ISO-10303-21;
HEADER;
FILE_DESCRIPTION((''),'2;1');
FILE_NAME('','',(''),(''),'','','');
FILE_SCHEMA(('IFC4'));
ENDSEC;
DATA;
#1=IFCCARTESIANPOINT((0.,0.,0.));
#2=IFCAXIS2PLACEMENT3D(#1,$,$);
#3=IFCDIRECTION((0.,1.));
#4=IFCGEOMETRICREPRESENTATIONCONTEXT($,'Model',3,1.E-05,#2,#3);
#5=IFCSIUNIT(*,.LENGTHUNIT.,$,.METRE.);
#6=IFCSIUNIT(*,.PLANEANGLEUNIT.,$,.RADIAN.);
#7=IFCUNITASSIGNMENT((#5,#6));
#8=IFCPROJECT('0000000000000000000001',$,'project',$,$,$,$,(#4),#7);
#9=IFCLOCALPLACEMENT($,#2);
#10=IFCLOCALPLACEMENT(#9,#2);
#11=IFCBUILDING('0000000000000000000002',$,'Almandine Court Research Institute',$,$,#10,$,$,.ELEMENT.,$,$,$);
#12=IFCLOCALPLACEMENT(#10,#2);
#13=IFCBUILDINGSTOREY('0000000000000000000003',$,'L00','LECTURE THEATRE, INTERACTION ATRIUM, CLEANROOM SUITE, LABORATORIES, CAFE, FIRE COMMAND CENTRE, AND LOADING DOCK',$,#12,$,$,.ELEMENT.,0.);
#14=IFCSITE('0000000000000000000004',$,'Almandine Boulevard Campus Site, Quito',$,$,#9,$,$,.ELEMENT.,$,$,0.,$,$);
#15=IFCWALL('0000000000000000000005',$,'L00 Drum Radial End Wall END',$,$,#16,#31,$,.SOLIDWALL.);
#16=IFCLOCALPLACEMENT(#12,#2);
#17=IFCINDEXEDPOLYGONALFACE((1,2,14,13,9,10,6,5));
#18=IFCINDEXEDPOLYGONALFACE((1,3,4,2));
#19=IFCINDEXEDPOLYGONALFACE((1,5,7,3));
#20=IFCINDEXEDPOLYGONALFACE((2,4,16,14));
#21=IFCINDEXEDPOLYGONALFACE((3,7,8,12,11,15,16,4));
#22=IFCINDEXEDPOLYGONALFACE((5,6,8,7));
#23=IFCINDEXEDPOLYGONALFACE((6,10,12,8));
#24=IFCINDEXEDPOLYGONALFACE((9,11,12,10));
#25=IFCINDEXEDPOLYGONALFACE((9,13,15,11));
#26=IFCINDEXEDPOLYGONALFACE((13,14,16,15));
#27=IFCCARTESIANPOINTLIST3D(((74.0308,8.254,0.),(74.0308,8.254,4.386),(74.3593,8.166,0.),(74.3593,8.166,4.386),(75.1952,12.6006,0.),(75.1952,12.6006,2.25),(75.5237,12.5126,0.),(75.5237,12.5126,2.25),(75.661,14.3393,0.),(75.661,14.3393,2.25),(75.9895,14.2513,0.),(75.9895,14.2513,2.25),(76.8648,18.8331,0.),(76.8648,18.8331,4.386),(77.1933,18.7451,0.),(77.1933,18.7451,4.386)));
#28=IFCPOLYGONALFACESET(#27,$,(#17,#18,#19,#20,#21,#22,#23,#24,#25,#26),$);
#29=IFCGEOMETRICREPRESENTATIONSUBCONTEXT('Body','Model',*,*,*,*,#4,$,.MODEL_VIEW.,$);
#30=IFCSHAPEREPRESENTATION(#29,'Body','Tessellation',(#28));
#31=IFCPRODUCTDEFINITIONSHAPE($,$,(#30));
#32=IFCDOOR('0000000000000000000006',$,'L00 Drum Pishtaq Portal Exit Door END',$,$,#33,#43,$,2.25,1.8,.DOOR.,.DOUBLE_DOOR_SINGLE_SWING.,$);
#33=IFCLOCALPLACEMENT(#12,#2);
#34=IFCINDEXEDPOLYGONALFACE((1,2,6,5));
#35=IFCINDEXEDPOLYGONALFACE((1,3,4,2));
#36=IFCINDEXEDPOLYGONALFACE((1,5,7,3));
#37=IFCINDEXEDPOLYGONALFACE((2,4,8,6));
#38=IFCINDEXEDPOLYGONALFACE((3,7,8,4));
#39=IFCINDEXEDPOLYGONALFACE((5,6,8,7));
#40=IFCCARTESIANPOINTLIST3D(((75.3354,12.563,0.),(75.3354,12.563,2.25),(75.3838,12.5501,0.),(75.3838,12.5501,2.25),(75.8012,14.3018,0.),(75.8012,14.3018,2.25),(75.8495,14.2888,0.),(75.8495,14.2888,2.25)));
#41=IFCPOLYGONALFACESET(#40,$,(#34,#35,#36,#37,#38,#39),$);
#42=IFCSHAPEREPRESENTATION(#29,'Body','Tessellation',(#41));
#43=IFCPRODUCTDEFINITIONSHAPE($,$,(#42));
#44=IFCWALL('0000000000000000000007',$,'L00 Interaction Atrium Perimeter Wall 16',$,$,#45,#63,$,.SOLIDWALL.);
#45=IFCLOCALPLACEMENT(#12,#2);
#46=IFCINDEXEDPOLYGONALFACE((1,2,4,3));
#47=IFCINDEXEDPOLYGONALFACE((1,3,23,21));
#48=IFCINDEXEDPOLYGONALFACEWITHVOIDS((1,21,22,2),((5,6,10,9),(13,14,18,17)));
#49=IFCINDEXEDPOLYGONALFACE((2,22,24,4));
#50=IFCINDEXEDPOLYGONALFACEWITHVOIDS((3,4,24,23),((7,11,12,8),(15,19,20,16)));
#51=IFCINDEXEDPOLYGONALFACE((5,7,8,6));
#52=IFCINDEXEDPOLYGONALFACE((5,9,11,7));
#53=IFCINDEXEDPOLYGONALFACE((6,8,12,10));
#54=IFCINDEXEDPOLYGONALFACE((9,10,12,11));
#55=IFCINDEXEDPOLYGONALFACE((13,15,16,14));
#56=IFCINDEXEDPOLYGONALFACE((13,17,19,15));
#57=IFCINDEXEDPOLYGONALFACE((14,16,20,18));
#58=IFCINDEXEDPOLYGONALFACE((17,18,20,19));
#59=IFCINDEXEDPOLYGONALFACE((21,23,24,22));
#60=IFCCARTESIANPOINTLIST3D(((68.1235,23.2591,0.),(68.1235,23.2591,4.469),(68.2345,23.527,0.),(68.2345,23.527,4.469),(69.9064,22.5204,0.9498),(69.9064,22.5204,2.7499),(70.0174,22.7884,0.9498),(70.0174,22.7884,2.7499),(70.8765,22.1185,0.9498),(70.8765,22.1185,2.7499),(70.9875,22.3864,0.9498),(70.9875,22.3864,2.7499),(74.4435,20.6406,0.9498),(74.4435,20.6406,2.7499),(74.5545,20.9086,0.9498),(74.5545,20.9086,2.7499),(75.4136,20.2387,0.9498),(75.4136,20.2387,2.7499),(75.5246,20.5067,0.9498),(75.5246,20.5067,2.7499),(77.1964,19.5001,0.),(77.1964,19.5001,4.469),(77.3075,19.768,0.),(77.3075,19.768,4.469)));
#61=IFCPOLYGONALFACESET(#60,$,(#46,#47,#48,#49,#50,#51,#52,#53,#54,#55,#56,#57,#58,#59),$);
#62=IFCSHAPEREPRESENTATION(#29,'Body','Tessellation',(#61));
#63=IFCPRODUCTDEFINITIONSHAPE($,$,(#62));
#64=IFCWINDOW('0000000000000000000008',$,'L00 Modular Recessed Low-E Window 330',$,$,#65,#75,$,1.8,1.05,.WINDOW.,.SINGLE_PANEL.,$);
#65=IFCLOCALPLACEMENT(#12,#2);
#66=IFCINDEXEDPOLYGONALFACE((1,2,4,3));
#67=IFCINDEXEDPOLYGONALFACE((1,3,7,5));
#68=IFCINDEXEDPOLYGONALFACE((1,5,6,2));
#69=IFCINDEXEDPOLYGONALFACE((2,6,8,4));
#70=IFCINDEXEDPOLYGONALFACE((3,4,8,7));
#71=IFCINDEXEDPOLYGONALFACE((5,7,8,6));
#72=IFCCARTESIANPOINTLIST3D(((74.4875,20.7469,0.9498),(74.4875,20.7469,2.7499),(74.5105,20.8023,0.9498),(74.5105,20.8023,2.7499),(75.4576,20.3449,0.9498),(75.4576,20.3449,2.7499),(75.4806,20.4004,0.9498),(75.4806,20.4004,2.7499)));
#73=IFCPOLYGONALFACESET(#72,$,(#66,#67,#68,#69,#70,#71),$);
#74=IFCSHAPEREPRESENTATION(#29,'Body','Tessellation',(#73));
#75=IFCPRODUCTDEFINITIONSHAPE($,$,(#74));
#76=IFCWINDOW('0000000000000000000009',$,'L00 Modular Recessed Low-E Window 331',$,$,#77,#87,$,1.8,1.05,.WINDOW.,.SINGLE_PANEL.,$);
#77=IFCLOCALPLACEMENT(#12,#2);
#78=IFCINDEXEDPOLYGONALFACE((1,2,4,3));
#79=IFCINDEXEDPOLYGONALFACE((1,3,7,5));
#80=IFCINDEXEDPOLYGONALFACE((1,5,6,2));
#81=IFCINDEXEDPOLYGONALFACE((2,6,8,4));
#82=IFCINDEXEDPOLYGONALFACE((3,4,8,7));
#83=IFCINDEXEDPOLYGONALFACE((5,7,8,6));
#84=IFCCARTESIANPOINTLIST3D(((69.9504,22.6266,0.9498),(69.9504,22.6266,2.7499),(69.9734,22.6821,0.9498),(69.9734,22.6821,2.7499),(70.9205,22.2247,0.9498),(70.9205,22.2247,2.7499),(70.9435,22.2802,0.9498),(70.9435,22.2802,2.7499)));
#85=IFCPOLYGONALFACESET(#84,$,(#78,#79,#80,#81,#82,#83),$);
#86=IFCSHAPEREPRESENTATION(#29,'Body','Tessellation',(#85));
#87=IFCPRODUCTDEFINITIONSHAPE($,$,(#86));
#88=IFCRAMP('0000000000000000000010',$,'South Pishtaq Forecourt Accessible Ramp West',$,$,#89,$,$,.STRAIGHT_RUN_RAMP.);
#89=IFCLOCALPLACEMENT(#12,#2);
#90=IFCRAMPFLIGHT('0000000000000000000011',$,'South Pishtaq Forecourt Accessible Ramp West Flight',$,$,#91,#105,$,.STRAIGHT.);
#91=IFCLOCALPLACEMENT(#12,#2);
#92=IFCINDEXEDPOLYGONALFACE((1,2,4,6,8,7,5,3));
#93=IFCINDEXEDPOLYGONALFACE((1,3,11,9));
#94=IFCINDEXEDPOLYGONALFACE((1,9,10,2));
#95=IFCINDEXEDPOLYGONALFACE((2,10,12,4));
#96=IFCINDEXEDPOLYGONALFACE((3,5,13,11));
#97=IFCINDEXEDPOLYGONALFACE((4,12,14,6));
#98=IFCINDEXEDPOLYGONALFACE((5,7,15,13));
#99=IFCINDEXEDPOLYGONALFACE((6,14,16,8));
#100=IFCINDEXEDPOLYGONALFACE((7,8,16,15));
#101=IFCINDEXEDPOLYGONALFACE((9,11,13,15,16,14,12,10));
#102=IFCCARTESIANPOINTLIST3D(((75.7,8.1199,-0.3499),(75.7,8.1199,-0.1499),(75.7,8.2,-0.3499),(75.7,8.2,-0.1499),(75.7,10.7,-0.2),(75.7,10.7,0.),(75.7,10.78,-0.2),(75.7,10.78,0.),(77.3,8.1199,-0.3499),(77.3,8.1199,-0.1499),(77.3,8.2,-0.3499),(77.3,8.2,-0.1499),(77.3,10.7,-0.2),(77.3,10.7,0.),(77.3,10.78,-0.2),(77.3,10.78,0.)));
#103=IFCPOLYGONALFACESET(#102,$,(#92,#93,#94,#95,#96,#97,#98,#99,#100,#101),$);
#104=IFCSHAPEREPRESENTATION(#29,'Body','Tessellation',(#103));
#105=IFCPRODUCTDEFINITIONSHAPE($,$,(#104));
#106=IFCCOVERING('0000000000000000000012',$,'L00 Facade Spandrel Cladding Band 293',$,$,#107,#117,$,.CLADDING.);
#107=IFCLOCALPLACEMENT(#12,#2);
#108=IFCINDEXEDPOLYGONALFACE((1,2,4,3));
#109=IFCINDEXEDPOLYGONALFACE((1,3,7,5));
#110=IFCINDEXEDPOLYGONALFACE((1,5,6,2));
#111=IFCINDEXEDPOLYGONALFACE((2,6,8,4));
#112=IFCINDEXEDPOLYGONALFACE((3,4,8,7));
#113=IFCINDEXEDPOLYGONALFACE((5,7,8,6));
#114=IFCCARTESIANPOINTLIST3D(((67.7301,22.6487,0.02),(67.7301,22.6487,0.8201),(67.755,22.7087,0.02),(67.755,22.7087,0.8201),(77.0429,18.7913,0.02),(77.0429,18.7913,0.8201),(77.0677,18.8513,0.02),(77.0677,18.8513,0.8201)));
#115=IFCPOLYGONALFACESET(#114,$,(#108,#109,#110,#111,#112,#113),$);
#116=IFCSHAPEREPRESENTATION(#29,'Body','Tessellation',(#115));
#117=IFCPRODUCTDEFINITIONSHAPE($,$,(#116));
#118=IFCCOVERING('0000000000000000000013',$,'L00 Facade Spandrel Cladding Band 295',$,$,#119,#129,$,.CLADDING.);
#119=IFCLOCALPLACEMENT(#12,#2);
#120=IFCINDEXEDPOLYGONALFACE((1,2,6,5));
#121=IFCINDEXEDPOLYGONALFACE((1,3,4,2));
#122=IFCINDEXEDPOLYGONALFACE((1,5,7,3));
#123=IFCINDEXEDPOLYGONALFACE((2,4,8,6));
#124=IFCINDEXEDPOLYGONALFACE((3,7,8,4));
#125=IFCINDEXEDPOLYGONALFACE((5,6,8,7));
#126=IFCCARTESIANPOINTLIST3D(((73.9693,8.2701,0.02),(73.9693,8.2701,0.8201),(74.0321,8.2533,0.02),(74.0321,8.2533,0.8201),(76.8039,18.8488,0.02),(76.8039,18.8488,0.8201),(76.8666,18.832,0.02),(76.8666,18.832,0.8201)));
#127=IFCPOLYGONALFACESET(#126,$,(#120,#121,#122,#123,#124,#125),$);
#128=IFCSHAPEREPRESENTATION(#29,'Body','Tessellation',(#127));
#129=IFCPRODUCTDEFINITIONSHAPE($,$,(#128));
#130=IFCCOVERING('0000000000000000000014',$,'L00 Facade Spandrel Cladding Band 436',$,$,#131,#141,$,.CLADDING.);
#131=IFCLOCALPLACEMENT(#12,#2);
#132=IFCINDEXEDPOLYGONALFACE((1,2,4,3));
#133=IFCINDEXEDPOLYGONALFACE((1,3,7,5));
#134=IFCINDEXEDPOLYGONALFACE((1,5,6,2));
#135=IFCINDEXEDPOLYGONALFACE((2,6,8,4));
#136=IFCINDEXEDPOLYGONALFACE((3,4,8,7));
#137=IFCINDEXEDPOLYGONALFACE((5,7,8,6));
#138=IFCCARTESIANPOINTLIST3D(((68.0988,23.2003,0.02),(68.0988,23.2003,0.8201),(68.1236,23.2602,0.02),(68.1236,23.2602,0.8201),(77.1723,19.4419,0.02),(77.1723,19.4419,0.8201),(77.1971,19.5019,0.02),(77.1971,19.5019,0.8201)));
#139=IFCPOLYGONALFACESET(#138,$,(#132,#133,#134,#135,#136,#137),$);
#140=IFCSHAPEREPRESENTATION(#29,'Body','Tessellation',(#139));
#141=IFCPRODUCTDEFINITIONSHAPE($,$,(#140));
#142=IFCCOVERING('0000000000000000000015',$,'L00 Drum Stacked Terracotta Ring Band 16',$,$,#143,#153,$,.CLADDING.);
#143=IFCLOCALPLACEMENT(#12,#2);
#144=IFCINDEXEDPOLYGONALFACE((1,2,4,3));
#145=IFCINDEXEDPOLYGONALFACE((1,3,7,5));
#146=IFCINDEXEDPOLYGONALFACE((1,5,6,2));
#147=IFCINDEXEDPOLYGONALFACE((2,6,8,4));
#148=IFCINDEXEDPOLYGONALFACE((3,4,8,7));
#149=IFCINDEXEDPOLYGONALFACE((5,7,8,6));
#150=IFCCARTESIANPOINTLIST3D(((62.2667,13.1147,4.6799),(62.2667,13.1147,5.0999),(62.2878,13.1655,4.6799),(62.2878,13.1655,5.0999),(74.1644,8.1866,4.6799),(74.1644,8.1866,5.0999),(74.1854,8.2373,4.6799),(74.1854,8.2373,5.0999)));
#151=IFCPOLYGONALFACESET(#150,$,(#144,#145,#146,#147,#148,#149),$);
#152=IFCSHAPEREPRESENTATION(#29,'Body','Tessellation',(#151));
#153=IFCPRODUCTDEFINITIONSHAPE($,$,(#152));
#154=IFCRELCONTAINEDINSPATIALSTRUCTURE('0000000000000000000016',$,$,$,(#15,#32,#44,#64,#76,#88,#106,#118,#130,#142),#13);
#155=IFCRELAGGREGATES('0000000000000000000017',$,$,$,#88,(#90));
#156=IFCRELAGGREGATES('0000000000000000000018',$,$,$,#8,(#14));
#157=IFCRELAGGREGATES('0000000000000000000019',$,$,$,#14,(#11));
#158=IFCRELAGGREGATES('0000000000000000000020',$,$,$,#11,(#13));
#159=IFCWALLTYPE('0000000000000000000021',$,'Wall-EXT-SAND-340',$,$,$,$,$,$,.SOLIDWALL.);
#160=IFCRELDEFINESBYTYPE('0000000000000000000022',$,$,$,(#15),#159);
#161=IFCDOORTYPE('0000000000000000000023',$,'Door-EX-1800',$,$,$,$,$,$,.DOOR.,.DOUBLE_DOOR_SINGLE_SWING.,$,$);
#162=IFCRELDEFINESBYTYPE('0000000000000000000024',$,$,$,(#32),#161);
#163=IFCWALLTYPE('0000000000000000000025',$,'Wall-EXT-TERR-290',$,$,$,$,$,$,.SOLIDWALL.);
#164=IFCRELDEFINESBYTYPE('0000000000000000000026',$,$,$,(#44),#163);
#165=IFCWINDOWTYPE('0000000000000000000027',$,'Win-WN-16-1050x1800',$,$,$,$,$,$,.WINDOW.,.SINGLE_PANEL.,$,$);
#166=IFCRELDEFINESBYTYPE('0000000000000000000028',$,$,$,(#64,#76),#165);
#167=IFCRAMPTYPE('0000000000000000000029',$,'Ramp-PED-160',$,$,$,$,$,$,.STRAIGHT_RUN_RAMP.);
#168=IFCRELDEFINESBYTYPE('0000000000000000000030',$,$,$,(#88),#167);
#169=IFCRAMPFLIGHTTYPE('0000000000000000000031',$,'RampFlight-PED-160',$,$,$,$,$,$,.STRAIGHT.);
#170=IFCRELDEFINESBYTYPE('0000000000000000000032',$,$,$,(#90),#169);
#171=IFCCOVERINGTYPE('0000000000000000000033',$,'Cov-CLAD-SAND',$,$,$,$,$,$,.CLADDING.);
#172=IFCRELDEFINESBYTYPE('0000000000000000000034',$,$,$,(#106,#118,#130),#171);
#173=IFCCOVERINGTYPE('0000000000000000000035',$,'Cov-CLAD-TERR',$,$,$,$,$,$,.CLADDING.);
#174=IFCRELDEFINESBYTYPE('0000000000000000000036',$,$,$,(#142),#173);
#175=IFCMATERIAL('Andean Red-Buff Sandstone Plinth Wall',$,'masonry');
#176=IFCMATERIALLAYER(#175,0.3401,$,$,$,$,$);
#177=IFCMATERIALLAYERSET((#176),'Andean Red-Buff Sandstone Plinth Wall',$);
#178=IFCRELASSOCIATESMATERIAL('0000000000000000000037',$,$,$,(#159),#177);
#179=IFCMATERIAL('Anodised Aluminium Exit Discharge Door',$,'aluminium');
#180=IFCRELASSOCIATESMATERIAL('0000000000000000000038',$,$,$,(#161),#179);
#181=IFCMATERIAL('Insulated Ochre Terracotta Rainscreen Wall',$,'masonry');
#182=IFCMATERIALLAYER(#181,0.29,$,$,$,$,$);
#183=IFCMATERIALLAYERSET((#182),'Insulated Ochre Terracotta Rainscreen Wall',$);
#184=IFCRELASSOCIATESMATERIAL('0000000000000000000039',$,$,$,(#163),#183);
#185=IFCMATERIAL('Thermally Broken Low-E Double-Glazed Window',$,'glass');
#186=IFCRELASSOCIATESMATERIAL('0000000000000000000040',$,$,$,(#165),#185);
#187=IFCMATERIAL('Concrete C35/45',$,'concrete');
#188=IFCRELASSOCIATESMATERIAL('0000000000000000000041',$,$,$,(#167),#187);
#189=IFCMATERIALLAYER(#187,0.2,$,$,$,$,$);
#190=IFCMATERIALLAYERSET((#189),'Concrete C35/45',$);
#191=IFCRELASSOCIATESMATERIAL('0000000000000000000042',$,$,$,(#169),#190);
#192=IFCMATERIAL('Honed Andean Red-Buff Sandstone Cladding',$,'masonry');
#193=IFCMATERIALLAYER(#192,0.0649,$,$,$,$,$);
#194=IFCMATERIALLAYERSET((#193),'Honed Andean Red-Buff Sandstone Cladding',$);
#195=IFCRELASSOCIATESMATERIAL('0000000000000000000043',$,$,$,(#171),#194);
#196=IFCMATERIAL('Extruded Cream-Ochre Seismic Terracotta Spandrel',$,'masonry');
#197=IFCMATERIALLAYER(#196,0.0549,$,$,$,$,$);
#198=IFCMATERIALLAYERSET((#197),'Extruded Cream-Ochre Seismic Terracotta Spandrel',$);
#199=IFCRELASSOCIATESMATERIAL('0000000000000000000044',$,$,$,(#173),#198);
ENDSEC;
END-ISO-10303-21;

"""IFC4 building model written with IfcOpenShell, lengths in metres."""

from ifc_helpers import new_model, si_unit, direction, frame, frame_2d, origin, origin_2d, place, context, subcontext, project, spatial, polyline, rectangle, outline, extrude, material, layer, layer_set, type_object, element, fill, aggregate, save


model = new_model("IFC4")

# Units and contexts
model_context = context("Model", 3, precision=1e-05, world=origin(), true_north=direction((0.0, 1.0)))
body_context = subcontext(model_context, "Body", "Model", "MODEL_VIEW")
ifc_project = project(units=[si_unit("LENGTHUNIT", "METRE"), si_unit("PLANEANGLEUNIT", "RADIAN")], contexts=[model_context])

# Site, building, storey
site_placement = place(None, origin())
site = spatial("IfcSite", under=ifc_project, at=site_placement, Name="Almandine Boulevard Campus Site, Quito", CompositionType="ELEMENT", RefElevation=0.0)
building_placement = place(site_placement, origin())
building = spatial("IfcBuilding", under=site, at=building_placement, Name="Almandine Court Research Institute", CompositionType="ELEMENT")
storey_placement = place(building_placement, origin())
storey = spatial("IfcBuildingStorey", under=building, at=storey_placement, Name="L00", Description="LECTURE THEATRE, INTERACTION ATRIUM, CLEANROOM SUITE, LABORATORIES, CAFE, FIRE COMMAND CENTRE, AND LOADING DOCK", CompositionType="ELEMENT", Elevation=0.0)

# Wall, opening, door
ifc_material_1 = material(Name="Andean Red-Buff Sandstone Plinth Wall", Category="masonry")
ifc_layer_1 = layer(ifc_material_1, 0.3401)
ifc_layer_set_1 = layer_set([ifc_layer_1], Name="Andean Red-Buff Sandstone Plinth Wall")
wall_type_1 = type_object("IfcWallType", Name="Wall-EXT-SAND-340", PredefinedType="SOLIDWALL", material=ifc_layer_set_1)
wall_1_placement = place(storey_placement, frame((74.1951, 8.21, 0.0), z_axis=(0.0, 0.0, 1.0), x_axis=(0.258761, 0.965941, 0.0)))
wall_1 = element("IfcWall", 1, at=wall_1_placement, inside=storey, type_object=wall_type_1, Name="L00 Drum Radial End Wall END", PredefinedType="SOLIDWALL", context=body_context, shape_type="SweptSolid", body=[
    extrude(rectangle(XDim=10.9521, YDim=0.3401, at=frame_2d((5.4761, 0.0))), origin(), (0.0, 0.0, 1.0), 4.386),
])
opening_1_placement = place(wall_1_placement, frame((4.5, 0.0, 0.0)))
opening_1 = element("IfcOpeningElement", 2, at=opening_1_placement, cuts=wall_1, PredefinedType="OPENING", context=body_context, shape_type="SweptSolid", body=[
    extrude(rectangle(XDim=1.8, YDim=2.25, at=frame_2d((0.8999, 1.125))), frame((0.0, 0.1799, 0.0), z_axis=(0.0, -1.0, 0.0), x_axis=(1.0, 0.0, 0.0)), (0.0, 0.0, 1.0), 0.3601),
])
ifc_material_2 = material(Name="Anodised Aluminium Exit Discharge Door", Category="aluminium")
door_type = type_object("IfcDoorType", Name="Door-EX-1800", OperationType="DOUBLE_DOOR_SINGLE_SWING", PredefinedType="DOOR", material=ifc_material_2)
door_placement = place(opening_1_placement, origin())
door = element("IfcDoor", 3, at=door_placement, inside=storey, type_object=door_type, Name="L00 Drum Pishtaq Portal Exit Door END", OperationType="DOUBLE_DOOR_SINGLE_SWING", OverallHeight=2.25, OverallWidth=1.8, PredefinedType="DOOR", context=body_context, shape_type="SweptSolid", body=[
    extrude(rectangle(XDim=1.8, YDim=2.25, at=frame_2d((0.8999, 1.125))), frame((0.0, 0.0249, 0.0), z_axis=(0.0, -1.0, 0.0), x_axis=(1.0, 0.0, 0.0)), (0.0, 0.0, 1.0), 0.05),
])
fill(opening_1, door)

# Wall, openings, windows
ifc_material_3 = material(Name="Insulated Ochre Terracotta Rainscreen Wall", Category="masonry")
ifc_layer_2 = layer(ifc_material_3, 0.29)
ifc_layer_set_2 = layer_set([ifc_layer_2], Name="Insulated Ochre Terracotta Rainscreen Wall")
wall_type_2 = type_object("IfcWallType", Name="Wall-EXT-TERR-290", PredefinedType="SOLIDWALL", material=ifc_layer_set_2)
wall_2_placement = place(storey_placement, frame((77.252, 19.634, 0.0), z_axis=(0.0, 0.0, 1.0), x_axis=(-0.923848, 0.382759, 0.0)))
wall_2 = element("IfcWall", 4, at=wall_2_placement, inside=storey, type_object=wall_type_2, Name="L00 Interaction Atrium Perimeter Wall 16", PredefinedType="SOLIDWALL", context=body_context, shape_type="SweptSolid", body=[
    extrude(rectangle(XDim=9.8208, YDim=0.29, at=frame_2d((4.9104, 0.0))), origin(), (0.0, 0.0, 1.0), 4.469),
])
opening_2_placement = place(wall_2_placement, frame((1.9299, 0.0, 0.95)))
opening_2 = element("IfcOpeningElement", 5, at=opening_2_placement, cuts=wall_2, PredefinedType="OPENING", context=body_context, shape_type="SweptSolid", body=[
    extrude(rectangle(XDim=1.05, YDim=1.8, at=frame_2d((0.5249, 0.8999))), frame((0.0, 0.155, 0.0), z_axis=(0.0, -1.0, 0.0), x_axis=(1.0, 0.0, 0.0)), (0.0, 0.0, 1.0), 0.3101),
])
opening_3_placement = place(wall_2_placement, frame((6.8411, 0.0, 0.95)))
opening_3 = element("IfcOpeningElement", 6, at=opening_3_placement, cuts=wall_2, PredefinedType="OPENING", context=body_context, shape_type="SweptSolid", body=[
    extrude(rectangle(XDim=1.05, YDim=1.8, at=frame_2d((0.5249, 0.8999))), frame((0.0, 0.155, 0.0), z_axis=(0.0, -1.0, 0.0), x_axis=(1.0, 0.0, 0.0)), (0.0, 0.0, 1.0), 0.3101),
])
ifc_material_4 = material(Name="Thermally Broken Low-E Double-Glazed Window", Category="glass")
window_type = type_object("IfcWindowType", Name="Win-WN-16-1050x1800", PartitioningType="SINGLE_PANEL", PredefinedType="WINDOW", material=ifc_material_4)
window_1_placement = place(opening_2_placement, origin())
window_1 = element("IfcWindow", 7, at=window_1_placement, inside=storey, type_object=window_type, Name="L00 Modular Recessed Low-E Window 330", OverallHeight=1.8, OverallWidth=1.05, PartitioningType="SINGLE_PANEL", PredefinedType="WINDOW", context=body_context, shape_type="SweptSolid", body=[
    extrude(rectangle(XDim=1.05, YDim=1.8, at=frame_2d((0.5249, 0.8999))), frame((0.0, 0.03, 0.0), z_axis=(0.0, -1.0, 0.0), x_axis=(1.0, 0.0, 0.0)), (0.0, 0.0, 1.0), 0.0601),
])
fill(opening_2, window_1)
window_2_placement = place(opening_3_placement, origin())
window_2 = element("IfcWindow", 8, at=window_2_placement, inside=storey, type_object=window_type, Name="L00 Modular Recessed Low-E Window 331", OverallHeight=1.8, OverallWidth=1.05, PartitioningType="SINGLE_PANEL", PredefinedType="WINDOW", context=body_context, shape_type="SweptSolid", body=[
    extrude(rectangle(XDim=1.05, YDim=1.8, at=frame_2d((0.5249, 0.8999))), frame((0.0, 0.03, 0.0), z_axis=(0.0, -1.0, 0.0), x_axis=(1.0, 0.0, 0.0)), (0.0, 0.0, 1.0), 0.0601),
])
fill(opening_3, window_2)

# Ramp, ramp flight
ifc_material_5 = material(Name="Concrete C35/45", Category="concrete")
ramp_type = type_object("IfcRampType", Name="Ramp-PED-160", PredefinedType="STRAIGHT_RUN_RAMP", material=ifc_material_5)
ramp_placement = place(storey_placement, origin())
ramp = element("IfcRamp", 9, at=ramp_placement, inside=storey, type_object=ramp_type, Name="South Pishtaq Forecourt Accessible Ramp West", PredefinedType="STRAIGHT_RUN_RAMP")
ifc_layer_3 = layer(ifc_material_5, 0.2)
ifc_layer_set_3 = layer_set([ifc_layer_3], Name="Concrete C35/45")
ramp_flight_type = type_object("IfcRampFlightType", Name="RampFlight-PED-160", PredefinedType="STRAIGHT", material=ifc_layer_set_3)
ramp_flight_placement = place(storey_placement, frame((76.5, 8.2, -0.1499), z_axis=(0.0, 0.0, 1.0), x_axis=(0.0, 1.0, 0.0)))
ramp_flight = element("IfcRampFlight", 10, at=ramp_flight_placement, type_object=ramp_flight_type, Name="South Pishtaq Forecourt Accessible Ramp West Flight", PredefinedType="STRAIGHT", context=body_context, shape_type="SweptSolid", body=[
    extrude(outline(polyline([(-0.0801, -0.2), (-0.0801, 0.0), (0.0, 0.0), (2.5, 0.1499), (2.5801, 0.1499), (2.5801, -0.05), (2.5, -0.05), (0.0, -0.2), (-0.0801, -0.2)])), frame((0.0, 0.8, 0.0), z_axis=(0.0, -1.0, 0.0), x_axis=(1.0, 0.0, 0.0)), (0.0, 0.0, 1.0), 1.6001),
])
aggregate(ramp, [ramp_flight])

# Coverings
ifc_material_6 = material(Name="Honed Andean Red-Buff Sandstone Cladding", Category="masonry")
ifc_layer_4 = layer(ifc_material_6, 0.0649)
ifc_layer_set_4 = layer_set([ifc_layer_4], Name="Honed Andean Red-Buff Sandstone Cladding")
covering_type_1 = type_object("IfcCoveringType", Name="Cov-CLAD-SAND", PredefinedType="CLADDING", material=ifc_layer_set_4)
covering_1_placement = place(storey_placement, frame((72.3989, 20.75, 0.02), z_axis=(0.0, 0.0, 1.0), x_axis=(0.92388, -0.382683, 0.0)))
element("IfcCovering", 11, at=covering_1_placement, inside=storey, type_object=covering_type_1, Name="L00 Facade Spandrel Cladding Band 293", PredefinedType="CLADDING", context=body_context, shape_type="SweptSolid", body=[
    extrude(rectangle(XDim=10.0801, YDim=0.0649, at=origin_2d()), origin(), (0.0, 0.0, 1.0), 0.8),
])
covering_2_placement = place(storey_placement, frame((75.418, 13.551, 0.02), z_axis=(0.0, 0.0, 1.0), x_axis=(0.258819, 0.965926, 0.0)))
element("IfcCovering", 12, at=covering_2_placement, inside=storey, type_object=covering_type_1, Name="L00 Facade Spandrel Cladding Band 295", PredefinedType="CLADDING", context=body_context, shape_type="SweptSolid", body=[
    extrude(rectangle(XDim=10.9519, YDim=0.0649, at=origin_2d()), origin(), (0.0, 0.0, 1.0), 0.8),
])
covering_3_placement = place(storey_placement, frame((72.6479, 21.3511, 0.02), z_axis=(0.0, 0.0, 1.0), x_axis=(-0.92388, 0.382683, 0.0)))
element("IfcCovering", 13, at=covering_3_placement, inside=storey, type_object=covering_type_1, Name="L00 Facade Spandrel Cladding Band 436", PredefinedType="CLADDING", context=body_context, shape_type="SweptSolid", body=[
    extrude(rectangle(XDim=9.821, YDim=0.0649, at=origin_2d()), origin(), (0.0, 0.0, 1.0), 0.8),
])
ifc_material_7 = material(Name="Extruded Cream-Ochre Seismic Terracotta Spandrel", Category="masonry")
ifc_layer_5 = layer(ifc_material_7, 0.0549)
ifc_layer_set_5 = layer_set([ifc_layer_5], Name="Extruded Cream-Ochre Seismic Terracotta Spandrel")
covering_type_2 = type_object("IfcCoveringType", Name="Cov-CLAD-TERR", PredefinedType="CLADDING", material=ifc_layer_set_5)
covering_4_placement = place(storey_placement, frame((68.2261, 10.676, 4.6799), z_axis=(0.0, 0.0, 1.0), x_axis=(-0.92388, 0.382683, 0.0)))
element("IfcCovering", 14, at=covering_4_placement, inside=storey, type_object=covering_type_2, Name="L00 Drum Stacked Terracotta Ring Band 16", PredefinedType="CLADDING", context=body_context, shape_type="SweptSolid", body=[
    extrude(rectangle(XDim=12.8779, YDim=0.0549, at=origin_2d()), origin(), (0.0, 0.0, 1.0), 0.4199),
])

save(model, "model.ifc")
